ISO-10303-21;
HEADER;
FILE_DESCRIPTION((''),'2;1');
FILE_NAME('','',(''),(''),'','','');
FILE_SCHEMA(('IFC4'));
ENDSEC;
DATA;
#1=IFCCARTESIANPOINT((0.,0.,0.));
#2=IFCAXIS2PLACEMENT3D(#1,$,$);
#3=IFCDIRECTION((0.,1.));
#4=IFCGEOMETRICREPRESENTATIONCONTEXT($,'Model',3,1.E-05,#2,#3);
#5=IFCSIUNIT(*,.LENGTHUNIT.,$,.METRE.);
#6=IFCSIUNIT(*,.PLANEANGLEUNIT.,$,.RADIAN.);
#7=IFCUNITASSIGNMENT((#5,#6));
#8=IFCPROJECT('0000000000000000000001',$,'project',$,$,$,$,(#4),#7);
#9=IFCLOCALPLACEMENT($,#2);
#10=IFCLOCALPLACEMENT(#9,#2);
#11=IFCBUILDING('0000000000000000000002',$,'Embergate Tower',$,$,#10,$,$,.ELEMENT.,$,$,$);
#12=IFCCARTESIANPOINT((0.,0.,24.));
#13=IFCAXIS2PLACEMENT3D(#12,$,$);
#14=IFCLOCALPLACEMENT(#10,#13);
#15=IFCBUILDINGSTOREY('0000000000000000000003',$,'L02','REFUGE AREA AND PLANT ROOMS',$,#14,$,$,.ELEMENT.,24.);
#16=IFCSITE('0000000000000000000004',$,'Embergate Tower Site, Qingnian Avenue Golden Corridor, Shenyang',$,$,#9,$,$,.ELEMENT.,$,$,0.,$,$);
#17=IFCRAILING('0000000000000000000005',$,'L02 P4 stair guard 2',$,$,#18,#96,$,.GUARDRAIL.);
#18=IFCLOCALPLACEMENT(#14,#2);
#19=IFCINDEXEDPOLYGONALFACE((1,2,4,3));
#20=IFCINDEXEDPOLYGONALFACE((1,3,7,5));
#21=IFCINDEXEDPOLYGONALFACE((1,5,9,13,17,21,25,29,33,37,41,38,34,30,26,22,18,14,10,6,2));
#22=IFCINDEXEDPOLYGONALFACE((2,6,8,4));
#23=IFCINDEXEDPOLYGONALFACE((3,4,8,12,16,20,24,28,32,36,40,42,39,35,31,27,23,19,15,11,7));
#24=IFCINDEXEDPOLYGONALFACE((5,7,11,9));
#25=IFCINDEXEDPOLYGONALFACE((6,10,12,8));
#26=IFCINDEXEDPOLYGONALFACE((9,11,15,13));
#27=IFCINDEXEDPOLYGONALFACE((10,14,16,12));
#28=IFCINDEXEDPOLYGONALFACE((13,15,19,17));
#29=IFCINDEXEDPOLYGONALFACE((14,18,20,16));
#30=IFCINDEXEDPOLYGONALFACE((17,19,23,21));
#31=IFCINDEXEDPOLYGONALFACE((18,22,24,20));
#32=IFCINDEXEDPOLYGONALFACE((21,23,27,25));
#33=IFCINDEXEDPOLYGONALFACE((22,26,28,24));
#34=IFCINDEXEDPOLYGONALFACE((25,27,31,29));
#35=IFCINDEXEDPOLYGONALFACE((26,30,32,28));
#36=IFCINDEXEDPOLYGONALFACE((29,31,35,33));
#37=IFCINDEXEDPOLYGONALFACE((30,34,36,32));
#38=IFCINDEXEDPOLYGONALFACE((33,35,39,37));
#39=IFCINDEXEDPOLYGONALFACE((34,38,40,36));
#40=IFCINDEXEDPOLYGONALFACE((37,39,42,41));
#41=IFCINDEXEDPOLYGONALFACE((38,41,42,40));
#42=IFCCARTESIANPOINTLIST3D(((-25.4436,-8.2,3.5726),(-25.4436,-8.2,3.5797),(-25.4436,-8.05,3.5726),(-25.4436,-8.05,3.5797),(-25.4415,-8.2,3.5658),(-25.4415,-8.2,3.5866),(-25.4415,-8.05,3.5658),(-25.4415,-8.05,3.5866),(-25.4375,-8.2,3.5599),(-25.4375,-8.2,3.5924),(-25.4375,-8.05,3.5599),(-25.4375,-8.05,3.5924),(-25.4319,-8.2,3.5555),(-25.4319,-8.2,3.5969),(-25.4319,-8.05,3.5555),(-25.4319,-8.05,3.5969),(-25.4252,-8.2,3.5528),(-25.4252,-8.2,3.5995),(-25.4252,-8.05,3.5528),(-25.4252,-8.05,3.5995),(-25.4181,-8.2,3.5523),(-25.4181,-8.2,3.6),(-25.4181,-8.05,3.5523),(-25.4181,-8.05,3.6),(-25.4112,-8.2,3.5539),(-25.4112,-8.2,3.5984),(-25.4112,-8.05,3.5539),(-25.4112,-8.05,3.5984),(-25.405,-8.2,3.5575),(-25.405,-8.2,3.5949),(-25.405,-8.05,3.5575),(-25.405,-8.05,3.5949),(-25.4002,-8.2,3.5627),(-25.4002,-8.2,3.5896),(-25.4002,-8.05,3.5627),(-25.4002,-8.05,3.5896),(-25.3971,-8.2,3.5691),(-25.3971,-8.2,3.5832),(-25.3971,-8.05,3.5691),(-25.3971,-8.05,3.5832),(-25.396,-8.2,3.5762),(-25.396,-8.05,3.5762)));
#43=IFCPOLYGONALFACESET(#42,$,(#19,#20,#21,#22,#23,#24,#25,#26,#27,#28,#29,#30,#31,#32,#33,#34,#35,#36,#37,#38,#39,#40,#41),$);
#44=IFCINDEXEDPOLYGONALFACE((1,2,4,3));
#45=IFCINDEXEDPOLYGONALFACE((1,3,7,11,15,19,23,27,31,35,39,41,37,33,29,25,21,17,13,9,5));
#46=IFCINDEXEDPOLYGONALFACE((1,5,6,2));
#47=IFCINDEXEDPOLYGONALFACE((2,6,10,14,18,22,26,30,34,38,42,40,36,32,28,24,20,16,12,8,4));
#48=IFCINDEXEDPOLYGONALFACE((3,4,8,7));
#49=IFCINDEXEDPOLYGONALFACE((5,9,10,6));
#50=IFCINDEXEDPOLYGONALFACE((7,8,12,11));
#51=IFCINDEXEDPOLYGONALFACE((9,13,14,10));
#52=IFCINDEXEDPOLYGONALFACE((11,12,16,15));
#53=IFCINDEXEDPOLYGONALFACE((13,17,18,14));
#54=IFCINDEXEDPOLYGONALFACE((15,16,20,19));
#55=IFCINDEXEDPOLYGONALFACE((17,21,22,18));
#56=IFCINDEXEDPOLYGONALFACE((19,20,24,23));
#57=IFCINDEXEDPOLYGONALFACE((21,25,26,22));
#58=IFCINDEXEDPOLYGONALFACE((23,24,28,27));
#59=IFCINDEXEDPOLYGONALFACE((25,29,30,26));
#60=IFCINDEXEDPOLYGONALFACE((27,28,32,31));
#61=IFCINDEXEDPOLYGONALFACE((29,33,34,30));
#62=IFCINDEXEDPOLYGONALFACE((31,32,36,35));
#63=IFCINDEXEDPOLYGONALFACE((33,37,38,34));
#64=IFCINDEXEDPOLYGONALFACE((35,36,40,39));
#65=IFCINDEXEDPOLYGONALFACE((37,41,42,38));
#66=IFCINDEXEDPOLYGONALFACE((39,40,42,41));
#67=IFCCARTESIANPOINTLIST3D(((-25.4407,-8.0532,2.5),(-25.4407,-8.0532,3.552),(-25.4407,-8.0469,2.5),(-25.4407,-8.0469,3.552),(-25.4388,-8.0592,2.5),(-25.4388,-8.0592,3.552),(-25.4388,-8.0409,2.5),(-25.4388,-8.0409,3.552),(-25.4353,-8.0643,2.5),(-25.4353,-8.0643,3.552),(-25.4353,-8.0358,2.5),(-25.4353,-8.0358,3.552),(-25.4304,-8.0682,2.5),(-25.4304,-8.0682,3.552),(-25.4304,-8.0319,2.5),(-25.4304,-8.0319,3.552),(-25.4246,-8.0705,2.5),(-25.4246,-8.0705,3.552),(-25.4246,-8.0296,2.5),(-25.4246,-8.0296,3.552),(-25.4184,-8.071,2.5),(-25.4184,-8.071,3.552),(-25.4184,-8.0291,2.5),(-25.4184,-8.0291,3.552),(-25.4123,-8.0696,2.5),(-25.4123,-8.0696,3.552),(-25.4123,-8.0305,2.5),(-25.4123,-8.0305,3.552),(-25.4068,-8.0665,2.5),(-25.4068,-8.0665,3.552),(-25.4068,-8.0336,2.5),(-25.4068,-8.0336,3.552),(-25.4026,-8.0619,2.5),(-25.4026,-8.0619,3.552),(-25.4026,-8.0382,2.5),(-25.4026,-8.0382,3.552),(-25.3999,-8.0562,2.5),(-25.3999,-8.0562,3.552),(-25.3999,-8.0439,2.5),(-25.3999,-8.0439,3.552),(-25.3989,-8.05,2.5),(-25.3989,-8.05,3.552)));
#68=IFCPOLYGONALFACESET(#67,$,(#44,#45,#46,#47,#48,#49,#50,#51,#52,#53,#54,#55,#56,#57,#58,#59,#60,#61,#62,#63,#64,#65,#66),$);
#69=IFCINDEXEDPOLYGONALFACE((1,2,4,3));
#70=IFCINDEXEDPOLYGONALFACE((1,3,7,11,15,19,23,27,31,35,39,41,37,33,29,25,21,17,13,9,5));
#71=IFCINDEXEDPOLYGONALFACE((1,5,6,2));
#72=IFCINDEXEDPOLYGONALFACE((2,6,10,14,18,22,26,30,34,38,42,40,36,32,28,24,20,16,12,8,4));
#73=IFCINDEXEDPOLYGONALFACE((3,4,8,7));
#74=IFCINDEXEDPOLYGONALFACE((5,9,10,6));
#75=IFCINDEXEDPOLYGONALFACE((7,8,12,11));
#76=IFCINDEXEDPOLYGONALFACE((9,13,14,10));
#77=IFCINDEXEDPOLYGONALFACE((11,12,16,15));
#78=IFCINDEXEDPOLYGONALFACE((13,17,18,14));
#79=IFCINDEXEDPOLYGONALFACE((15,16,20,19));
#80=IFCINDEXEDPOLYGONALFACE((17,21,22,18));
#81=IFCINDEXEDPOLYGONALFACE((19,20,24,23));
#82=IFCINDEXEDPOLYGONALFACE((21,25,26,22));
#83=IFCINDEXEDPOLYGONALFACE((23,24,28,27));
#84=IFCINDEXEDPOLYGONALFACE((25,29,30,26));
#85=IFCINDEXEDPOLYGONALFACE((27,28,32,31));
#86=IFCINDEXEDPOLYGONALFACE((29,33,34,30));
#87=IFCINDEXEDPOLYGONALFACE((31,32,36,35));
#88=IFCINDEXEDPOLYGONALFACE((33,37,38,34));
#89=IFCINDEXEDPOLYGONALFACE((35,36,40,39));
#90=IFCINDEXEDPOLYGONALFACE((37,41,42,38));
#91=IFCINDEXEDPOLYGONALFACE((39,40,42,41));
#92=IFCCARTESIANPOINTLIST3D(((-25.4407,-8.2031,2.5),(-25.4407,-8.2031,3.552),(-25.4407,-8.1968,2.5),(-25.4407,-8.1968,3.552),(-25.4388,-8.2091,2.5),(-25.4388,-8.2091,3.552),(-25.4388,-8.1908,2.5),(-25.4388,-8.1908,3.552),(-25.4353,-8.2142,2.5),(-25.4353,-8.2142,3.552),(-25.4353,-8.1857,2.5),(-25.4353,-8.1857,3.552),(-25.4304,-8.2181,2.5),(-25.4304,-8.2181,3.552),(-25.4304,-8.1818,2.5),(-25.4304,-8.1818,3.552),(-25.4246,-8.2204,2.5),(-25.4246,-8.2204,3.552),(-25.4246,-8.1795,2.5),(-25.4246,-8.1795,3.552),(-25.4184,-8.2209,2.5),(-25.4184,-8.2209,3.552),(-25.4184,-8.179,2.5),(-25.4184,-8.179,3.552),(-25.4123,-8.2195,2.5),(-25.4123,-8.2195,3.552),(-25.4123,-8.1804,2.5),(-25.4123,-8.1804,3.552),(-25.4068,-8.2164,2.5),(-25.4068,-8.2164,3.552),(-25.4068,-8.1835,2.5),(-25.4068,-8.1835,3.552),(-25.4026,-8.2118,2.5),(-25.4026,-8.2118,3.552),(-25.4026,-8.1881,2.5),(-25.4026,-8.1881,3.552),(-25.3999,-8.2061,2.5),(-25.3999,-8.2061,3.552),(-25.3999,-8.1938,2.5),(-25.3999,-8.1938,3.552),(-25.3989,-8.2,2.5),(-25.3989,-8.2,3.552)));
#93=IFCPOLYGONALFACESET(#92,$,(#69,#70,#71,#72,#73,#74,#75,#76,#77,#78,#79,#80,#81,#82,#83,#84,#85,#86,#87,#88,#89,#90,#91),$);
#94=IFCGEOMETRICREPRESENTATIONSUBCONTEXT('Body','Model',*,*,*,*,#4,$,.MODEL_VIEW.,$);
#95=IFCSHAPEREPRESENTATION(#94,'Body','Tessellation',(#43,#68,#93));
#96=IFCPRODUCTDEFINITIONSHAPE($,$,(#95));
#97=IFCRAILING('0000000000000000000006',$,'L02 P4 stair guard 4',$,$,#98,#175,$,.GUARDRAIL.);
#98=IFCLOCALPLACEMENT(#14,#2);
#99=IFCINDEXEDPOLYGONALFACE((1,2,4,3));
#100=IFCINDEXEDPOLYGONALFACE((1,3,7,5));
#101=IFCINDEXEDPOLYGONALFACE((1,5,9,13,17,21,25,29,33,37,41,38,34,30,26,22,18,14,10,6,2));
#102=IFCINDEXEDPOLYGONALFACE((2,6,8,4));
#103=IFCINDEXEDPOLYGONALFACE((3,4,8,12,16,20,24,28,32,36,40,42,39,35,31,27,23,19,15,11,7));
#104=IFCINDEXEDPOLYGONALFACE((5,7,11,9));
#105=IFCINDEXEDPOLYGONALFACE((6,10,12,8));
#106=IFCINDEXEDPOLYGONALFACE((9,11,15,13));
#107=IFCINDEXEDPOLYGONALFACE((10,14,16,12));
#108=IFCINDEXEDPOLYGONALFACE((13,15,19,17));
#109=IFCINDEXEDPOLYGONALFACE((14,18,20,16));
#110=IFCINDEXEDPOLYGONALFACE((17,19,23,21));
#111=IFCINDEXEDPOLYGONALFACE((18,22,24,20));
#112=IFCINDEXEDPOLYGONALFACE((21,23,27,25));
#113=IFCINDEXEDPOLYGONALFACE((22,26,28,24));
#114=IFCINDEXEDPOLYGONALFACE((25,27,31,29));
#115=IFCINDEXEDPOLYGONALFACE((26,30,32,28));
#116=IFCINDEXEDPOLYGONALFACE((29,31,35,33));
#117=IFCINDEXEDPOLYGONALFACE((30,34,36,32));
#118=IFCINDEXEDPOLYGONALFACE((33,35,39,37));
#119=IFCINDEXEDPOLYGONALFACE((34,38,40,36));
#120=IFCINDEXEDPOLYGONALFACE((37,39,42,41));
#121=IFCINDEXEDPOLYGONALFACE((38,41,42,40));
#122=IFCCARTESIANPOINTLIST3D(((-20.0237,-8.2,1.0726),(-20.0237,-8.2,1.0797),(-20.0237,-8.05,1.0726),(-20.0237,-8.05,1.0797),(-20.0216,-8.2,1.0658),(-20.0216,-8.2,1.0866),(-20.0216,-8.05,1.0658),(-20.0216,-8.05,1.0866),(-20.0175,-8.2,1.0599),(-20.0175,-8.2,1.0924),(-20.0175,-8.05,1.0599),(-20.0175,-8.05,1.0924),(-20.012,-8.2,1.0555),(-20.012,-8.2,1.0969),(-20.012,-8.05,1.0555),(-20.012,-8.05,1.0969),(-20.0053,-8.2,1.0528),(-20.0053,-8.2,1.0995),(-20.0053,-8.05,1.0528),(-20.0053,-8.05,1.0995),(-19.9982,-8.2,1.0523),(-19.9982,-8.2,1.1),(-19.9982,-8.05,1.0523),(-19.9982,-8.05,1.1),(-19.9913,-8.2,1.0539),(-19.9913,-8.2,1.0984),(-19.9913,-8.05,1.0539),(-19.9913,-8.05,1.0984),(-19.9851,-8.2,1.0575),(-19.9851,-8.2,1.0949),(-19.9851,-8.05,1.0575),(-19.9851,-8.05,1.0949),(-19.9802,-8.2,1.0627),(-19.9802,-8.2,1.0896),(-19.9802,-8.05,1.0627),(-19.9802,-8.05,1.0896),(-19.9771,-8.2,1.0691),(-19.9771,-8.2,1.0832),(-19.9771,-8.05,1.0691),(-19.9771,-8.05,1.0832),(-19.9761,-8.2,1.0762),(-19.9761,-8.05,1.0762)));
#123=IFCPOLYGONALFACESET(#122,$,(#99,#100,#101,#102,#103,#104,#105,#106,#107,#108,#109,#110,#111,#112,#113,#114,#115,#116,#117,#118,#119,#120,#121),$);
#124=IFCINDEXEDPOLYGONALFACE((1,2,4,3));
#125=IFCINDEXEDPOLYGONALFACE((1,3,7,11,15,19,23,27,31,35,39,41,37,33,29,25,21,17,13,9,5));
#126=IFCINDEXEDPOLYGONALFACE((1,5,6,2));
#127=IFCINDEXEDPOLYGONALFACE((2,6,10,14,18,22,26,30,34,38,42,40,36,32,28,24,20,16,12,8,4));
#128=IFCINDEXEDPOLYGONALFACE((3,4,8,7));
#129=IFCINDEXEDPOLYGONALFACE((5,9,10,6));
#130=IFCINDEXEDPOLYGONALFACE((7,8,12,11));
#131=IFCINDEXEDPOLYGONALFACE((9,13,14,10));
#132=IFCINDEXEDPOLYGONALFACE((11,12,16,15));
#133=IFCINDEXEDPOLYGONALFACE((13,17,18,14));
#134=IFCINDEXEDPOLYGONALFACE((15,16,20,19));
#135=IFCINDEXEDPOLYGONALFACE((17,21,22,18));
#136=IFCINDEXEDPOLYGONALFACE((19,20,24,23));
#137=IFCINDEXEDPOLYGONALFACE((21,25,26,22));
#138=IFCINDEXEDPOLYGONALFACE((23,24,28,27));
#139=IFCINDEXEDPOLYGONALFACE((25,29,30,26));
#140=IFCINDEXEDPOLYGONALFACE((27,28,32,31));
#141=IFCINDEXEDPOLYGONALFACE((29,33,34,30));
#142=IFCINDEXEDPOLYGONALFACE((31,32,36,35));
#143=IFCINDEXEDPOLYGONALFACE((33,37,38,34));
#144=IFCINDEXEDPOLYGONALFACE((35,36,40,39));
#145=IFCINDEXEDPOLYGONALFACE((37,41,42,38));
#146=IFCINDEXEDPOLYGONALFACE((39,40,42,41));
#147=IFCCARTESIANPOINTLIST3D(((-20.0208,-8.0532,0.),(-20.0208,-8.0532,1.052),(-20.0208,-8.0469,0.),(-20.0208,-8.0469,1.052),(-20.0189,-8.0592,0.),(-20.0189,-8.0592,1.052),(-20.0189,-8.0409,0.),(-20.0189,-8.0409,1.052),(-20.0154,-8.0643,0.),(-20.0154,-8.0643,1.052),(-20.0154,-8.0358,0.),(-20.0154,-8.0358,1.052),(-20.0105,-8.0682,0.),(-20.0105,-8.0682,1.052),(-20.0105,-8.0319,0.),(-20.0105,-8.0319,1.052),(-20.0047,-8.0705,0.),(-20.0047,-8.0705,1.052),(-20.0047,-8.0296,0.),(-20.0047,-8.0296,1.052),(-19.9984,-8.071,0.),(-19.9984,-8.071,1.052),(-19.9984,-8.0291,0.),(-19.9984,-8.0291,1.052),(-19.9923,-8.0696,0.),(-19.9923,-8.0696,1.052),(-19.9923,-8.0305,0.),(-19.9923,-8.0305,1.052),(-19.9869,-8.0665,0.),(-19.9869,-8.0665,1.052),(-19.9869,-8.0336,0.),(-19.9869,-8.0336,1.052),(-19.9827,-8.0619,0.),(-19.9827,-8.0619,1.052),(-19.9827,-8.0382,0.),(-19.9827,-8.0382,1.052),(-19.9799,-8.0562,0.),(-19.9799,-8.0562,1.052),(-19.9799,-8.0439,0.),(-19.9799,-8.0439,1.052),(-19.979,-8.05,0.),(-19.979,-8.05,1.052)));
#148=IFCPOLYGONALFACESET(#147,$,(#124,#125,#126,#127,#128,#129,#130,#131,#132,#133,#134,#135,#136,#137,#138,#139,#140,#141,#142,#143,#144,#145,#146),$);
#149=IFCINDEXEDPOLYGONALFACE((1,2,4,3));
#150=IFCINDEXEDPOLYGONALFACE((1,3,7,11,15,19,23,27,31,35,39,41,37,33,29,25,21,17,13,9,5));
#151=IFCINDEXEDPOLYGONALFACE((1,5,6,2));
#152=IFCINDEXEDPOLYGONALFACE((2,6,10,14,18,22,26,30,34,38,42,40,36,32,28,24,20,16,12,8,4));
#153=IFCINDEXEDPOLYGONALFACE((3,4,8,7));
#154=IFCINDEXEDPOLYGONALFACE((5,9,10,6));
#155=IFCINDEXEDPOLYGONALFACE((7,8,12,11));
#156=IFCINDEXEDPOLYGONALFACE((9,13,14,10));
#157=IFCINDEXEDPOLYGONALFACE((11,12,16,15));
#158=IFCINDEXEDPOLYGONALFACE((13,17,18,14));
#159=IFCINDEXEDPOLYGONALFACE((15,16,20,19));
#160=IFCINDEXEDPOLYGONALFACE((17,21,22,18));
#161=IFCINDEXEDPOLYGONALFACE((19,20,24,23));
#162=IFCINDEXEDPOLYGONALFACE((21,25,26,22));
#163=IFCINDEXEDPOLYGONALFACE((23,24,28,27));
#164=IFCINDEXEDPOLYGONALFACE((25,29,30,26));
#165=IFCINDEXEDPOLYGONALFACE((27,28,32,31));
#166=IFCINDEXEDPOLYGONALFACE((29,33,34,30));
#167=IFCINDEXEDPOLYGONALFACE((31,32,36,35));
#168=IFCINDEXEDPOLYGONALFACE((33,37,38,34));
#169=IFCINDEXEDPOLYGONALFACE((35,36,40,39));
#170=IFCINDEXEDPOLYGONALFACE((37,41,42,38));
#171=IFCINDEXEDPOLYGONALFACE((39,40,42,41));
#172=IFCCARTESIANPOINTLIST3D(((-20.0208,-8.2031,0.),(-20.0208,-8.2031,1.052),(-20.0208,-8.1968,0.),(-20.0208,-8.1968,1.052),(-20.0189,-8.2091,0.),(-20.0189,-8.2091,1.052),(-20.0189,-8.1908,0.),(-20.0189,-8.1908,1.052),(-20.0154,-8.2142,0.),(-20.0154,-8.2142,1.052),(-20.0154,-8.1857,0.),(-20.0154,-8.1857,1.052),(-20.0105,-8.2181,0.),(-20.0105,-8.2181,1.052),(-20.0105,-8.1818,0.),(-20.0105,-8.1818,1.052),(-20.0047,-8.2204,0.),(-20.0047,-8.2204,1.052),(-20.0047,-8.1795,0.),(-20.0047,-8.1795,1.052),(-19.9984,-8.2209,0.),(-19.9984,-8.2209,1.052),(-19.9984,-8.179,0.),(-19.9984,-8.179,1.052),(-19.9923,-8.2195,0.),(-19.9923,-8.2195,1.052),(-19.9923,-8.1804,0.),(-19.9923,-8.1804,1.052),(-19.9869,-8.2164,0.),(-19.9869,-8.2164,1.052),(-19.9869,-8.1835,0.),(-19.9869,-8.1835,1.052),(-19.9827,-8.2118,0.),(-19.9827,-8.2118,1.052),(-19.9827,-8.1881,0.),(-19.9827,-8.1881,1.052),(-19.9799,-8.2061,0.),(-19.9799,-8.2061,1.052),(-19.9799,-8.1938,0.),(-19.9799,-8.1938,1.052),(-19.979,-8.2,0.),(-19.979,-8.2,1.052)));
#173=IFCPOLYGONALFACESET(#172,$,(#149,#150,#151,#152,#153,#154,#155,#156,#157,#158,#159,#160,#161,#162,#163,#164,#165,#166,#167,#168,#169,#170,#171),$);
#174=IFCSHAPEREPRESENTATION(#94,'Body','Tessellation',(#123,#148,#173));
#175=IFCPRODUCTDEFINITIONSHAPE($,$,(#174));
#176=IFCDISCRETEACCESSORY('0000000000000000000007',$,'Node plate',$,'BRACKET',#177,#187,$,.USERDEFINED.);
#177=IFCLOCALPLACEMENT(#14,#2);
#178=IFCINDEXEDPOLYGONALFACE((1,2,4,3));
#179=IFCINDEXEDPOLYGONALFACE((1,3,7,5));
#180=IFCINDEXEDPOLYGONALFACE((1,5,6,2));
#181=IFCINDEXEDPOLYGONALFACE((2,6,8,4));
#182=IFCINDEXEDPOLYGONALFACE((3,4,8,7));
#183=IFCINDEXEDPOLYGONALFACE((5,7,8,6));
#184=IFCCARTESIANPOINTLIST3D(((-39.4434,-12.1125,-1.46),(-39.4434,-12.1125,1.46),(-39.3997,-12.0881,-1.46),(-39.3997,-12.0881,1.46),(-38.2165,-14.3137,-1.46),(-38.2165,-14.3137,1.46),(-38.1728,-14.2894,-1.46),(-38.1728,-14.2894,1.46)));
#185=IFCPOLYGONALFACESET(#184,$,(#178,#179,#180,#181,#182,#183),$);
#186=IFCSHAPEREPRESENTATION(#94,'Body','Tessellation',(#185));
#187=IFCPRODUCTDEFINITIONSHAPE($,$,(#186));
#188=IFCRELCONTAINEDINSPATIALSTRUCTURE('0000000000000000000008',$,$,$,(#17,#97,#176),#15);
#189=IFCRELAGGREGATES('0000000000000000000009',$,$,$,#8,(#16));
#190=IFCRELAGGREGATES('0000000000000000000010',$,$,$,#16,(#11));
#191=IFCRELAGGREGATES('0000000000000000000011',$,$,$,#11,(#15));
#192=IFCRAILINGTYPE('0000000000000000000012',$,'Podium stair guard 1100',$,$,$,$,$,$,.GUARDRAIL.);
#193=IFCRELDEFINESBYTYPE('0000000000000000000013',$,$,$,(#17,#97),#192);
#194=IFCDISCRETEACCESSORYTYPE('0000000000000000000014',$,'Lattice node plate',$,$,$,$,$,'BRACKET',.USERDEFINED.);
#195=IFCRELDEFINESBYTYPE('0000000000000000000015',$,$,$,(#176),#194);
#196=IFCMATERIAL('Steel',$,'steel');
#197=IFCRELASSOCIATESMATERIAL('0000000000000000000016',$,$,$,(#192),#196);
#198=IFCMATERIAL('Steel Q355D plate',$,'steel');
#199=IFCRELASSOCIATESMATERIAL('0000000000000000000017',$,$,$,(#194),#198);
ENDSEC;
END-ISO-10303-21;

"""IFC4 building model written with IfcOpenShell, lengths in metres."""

from ifc_helpers import new_model, si_unit, direction, frame, origin, origin_2d, place, context, subcontext, project, spatial, rectangle, circle, extrude, source, transform, mapped, material, type_object, element, save


model = new_model("IFC4")

# Units and contexts
model_context = context("Model", 3, precision=1e-05, world=origin(), true_north=direction((0.0, 1.0)))
body_context = subcontext(model_context, "Body", "Model", "MODEL_VIEW")
ifc_project = project(units=[si_unit("LENGTHUNIT", "METRE"), si_unit("PLANEANGLEUNIT", "RADIAN")], contexts=[model_context])

# Site, building, storey
site_placement = place(None, origin())
site = spatial("IfcSite", under=ifc_project, at=site_placement, Name="Embergate Tower Site, Qingnian Avenue Golden Corridor, Shenyang", CompositionType="ELEMENT", RefElevation=0.0)
building_placement = place(site_placement, origin())
building = spatial("IfcBuilding", under=site, at=building_placement, Name="Embergate Tower", CompositionType="ELEMENT")
storey_placement = place(building_placement, frame((0.0, 0.0, 24.0)))
storey = spatial("IfcBuildingStorey", under=building, at=storey_placement, Name="L02", Description="REFUGE AREA AND PLANT ROOMS", CompositionType="ELEMENT", Elevation=24.0)

# Railings
ifc_material_1 = material(Name="Steel", Category="steel")
railing_type_1 = type_object("IfcRailingType", Name="Podium stair guard 1100", PredefinedType="GUARDRAIL", material=ifc_material_1)
shared_shape_1 = source(origin(), body_context, "Body", "SweptSolid", [
    extrude(circle(Radius=0.0239, at=origin_2d()), frame((0.0, 0.0, 1.0762), z_axis=(0.0, -1.0, 0.0), x_axis=(1.0, 0.0, 0.0)), (0.0, 0.0, 1.0), 0.1499),
    extrude(circle(Radius=0.021, at=origin_2d()), origin(), (0.0, 0.0, 1.0), 1.052),
    extrude(circle(Radius=0.021, at=origin_2d()), frame((0.0, -0.1499, 0.0)), (0.0, 0.0, 1.0), 1.052),
])
for number, where, name in (
    (1, (-25.4199, -8.05, 2.5), "L02 P4 stair guard 2"),
    (2, (-20.0, -8.05, 0.0), "L02 P4 stair guard 4"),
):
    element("IfcRailing", number, at=place(storey_placement, frame(where)), inside=storey, type_object=railing_type_1, Name=name, PredefinedType="GUARDRAIL", context=body_context, shape_type="MappedRepresentation", body=[
        mapped(shared_shape_1, transform((0.0, 0.0, 0.0))),
    ])

# Discrete accessory
ifc_material_2 = material(Name="Steel Q355D plate", Category="steel")
discrete_accessory_type = type_object("IfcDiscreteAccessoryType", Name="Lattice node plate", ElementType="BRACKET", PredefinedType="USERDEFINED", material=ifc_material_2)
shared_shape_2 = source(origin(), body_context, "Body", "SweptSolid", [
    extrude(rectangle(XDim=2.52, YDim=0.05, at=origin_2d()), origin(), (0.0, 0.0, 1.0), 2.9199),
])
discrete_accessory_placement = place(storey_placement, frame((-38.8081, -13.2009, -1.46), z_axis=(0.0, 0.0, 1.0), x_axis=(0.486839, -0.873492, 0.0)))
element("IfcDiscreteAccessory", 3, at=discrete_accessory_placement, inside=storey, type_object=discrete_accessory_type, Name="Node plate", ObjectType="BRACKET", PredefinedType="USERDEFINED", context=body_context, shape_type="MappedRepresentation", body=[
    mapped(shared_shape_2, transform((0.0, 0.0, 0.0))),
])

save(model, "model.ifc")
